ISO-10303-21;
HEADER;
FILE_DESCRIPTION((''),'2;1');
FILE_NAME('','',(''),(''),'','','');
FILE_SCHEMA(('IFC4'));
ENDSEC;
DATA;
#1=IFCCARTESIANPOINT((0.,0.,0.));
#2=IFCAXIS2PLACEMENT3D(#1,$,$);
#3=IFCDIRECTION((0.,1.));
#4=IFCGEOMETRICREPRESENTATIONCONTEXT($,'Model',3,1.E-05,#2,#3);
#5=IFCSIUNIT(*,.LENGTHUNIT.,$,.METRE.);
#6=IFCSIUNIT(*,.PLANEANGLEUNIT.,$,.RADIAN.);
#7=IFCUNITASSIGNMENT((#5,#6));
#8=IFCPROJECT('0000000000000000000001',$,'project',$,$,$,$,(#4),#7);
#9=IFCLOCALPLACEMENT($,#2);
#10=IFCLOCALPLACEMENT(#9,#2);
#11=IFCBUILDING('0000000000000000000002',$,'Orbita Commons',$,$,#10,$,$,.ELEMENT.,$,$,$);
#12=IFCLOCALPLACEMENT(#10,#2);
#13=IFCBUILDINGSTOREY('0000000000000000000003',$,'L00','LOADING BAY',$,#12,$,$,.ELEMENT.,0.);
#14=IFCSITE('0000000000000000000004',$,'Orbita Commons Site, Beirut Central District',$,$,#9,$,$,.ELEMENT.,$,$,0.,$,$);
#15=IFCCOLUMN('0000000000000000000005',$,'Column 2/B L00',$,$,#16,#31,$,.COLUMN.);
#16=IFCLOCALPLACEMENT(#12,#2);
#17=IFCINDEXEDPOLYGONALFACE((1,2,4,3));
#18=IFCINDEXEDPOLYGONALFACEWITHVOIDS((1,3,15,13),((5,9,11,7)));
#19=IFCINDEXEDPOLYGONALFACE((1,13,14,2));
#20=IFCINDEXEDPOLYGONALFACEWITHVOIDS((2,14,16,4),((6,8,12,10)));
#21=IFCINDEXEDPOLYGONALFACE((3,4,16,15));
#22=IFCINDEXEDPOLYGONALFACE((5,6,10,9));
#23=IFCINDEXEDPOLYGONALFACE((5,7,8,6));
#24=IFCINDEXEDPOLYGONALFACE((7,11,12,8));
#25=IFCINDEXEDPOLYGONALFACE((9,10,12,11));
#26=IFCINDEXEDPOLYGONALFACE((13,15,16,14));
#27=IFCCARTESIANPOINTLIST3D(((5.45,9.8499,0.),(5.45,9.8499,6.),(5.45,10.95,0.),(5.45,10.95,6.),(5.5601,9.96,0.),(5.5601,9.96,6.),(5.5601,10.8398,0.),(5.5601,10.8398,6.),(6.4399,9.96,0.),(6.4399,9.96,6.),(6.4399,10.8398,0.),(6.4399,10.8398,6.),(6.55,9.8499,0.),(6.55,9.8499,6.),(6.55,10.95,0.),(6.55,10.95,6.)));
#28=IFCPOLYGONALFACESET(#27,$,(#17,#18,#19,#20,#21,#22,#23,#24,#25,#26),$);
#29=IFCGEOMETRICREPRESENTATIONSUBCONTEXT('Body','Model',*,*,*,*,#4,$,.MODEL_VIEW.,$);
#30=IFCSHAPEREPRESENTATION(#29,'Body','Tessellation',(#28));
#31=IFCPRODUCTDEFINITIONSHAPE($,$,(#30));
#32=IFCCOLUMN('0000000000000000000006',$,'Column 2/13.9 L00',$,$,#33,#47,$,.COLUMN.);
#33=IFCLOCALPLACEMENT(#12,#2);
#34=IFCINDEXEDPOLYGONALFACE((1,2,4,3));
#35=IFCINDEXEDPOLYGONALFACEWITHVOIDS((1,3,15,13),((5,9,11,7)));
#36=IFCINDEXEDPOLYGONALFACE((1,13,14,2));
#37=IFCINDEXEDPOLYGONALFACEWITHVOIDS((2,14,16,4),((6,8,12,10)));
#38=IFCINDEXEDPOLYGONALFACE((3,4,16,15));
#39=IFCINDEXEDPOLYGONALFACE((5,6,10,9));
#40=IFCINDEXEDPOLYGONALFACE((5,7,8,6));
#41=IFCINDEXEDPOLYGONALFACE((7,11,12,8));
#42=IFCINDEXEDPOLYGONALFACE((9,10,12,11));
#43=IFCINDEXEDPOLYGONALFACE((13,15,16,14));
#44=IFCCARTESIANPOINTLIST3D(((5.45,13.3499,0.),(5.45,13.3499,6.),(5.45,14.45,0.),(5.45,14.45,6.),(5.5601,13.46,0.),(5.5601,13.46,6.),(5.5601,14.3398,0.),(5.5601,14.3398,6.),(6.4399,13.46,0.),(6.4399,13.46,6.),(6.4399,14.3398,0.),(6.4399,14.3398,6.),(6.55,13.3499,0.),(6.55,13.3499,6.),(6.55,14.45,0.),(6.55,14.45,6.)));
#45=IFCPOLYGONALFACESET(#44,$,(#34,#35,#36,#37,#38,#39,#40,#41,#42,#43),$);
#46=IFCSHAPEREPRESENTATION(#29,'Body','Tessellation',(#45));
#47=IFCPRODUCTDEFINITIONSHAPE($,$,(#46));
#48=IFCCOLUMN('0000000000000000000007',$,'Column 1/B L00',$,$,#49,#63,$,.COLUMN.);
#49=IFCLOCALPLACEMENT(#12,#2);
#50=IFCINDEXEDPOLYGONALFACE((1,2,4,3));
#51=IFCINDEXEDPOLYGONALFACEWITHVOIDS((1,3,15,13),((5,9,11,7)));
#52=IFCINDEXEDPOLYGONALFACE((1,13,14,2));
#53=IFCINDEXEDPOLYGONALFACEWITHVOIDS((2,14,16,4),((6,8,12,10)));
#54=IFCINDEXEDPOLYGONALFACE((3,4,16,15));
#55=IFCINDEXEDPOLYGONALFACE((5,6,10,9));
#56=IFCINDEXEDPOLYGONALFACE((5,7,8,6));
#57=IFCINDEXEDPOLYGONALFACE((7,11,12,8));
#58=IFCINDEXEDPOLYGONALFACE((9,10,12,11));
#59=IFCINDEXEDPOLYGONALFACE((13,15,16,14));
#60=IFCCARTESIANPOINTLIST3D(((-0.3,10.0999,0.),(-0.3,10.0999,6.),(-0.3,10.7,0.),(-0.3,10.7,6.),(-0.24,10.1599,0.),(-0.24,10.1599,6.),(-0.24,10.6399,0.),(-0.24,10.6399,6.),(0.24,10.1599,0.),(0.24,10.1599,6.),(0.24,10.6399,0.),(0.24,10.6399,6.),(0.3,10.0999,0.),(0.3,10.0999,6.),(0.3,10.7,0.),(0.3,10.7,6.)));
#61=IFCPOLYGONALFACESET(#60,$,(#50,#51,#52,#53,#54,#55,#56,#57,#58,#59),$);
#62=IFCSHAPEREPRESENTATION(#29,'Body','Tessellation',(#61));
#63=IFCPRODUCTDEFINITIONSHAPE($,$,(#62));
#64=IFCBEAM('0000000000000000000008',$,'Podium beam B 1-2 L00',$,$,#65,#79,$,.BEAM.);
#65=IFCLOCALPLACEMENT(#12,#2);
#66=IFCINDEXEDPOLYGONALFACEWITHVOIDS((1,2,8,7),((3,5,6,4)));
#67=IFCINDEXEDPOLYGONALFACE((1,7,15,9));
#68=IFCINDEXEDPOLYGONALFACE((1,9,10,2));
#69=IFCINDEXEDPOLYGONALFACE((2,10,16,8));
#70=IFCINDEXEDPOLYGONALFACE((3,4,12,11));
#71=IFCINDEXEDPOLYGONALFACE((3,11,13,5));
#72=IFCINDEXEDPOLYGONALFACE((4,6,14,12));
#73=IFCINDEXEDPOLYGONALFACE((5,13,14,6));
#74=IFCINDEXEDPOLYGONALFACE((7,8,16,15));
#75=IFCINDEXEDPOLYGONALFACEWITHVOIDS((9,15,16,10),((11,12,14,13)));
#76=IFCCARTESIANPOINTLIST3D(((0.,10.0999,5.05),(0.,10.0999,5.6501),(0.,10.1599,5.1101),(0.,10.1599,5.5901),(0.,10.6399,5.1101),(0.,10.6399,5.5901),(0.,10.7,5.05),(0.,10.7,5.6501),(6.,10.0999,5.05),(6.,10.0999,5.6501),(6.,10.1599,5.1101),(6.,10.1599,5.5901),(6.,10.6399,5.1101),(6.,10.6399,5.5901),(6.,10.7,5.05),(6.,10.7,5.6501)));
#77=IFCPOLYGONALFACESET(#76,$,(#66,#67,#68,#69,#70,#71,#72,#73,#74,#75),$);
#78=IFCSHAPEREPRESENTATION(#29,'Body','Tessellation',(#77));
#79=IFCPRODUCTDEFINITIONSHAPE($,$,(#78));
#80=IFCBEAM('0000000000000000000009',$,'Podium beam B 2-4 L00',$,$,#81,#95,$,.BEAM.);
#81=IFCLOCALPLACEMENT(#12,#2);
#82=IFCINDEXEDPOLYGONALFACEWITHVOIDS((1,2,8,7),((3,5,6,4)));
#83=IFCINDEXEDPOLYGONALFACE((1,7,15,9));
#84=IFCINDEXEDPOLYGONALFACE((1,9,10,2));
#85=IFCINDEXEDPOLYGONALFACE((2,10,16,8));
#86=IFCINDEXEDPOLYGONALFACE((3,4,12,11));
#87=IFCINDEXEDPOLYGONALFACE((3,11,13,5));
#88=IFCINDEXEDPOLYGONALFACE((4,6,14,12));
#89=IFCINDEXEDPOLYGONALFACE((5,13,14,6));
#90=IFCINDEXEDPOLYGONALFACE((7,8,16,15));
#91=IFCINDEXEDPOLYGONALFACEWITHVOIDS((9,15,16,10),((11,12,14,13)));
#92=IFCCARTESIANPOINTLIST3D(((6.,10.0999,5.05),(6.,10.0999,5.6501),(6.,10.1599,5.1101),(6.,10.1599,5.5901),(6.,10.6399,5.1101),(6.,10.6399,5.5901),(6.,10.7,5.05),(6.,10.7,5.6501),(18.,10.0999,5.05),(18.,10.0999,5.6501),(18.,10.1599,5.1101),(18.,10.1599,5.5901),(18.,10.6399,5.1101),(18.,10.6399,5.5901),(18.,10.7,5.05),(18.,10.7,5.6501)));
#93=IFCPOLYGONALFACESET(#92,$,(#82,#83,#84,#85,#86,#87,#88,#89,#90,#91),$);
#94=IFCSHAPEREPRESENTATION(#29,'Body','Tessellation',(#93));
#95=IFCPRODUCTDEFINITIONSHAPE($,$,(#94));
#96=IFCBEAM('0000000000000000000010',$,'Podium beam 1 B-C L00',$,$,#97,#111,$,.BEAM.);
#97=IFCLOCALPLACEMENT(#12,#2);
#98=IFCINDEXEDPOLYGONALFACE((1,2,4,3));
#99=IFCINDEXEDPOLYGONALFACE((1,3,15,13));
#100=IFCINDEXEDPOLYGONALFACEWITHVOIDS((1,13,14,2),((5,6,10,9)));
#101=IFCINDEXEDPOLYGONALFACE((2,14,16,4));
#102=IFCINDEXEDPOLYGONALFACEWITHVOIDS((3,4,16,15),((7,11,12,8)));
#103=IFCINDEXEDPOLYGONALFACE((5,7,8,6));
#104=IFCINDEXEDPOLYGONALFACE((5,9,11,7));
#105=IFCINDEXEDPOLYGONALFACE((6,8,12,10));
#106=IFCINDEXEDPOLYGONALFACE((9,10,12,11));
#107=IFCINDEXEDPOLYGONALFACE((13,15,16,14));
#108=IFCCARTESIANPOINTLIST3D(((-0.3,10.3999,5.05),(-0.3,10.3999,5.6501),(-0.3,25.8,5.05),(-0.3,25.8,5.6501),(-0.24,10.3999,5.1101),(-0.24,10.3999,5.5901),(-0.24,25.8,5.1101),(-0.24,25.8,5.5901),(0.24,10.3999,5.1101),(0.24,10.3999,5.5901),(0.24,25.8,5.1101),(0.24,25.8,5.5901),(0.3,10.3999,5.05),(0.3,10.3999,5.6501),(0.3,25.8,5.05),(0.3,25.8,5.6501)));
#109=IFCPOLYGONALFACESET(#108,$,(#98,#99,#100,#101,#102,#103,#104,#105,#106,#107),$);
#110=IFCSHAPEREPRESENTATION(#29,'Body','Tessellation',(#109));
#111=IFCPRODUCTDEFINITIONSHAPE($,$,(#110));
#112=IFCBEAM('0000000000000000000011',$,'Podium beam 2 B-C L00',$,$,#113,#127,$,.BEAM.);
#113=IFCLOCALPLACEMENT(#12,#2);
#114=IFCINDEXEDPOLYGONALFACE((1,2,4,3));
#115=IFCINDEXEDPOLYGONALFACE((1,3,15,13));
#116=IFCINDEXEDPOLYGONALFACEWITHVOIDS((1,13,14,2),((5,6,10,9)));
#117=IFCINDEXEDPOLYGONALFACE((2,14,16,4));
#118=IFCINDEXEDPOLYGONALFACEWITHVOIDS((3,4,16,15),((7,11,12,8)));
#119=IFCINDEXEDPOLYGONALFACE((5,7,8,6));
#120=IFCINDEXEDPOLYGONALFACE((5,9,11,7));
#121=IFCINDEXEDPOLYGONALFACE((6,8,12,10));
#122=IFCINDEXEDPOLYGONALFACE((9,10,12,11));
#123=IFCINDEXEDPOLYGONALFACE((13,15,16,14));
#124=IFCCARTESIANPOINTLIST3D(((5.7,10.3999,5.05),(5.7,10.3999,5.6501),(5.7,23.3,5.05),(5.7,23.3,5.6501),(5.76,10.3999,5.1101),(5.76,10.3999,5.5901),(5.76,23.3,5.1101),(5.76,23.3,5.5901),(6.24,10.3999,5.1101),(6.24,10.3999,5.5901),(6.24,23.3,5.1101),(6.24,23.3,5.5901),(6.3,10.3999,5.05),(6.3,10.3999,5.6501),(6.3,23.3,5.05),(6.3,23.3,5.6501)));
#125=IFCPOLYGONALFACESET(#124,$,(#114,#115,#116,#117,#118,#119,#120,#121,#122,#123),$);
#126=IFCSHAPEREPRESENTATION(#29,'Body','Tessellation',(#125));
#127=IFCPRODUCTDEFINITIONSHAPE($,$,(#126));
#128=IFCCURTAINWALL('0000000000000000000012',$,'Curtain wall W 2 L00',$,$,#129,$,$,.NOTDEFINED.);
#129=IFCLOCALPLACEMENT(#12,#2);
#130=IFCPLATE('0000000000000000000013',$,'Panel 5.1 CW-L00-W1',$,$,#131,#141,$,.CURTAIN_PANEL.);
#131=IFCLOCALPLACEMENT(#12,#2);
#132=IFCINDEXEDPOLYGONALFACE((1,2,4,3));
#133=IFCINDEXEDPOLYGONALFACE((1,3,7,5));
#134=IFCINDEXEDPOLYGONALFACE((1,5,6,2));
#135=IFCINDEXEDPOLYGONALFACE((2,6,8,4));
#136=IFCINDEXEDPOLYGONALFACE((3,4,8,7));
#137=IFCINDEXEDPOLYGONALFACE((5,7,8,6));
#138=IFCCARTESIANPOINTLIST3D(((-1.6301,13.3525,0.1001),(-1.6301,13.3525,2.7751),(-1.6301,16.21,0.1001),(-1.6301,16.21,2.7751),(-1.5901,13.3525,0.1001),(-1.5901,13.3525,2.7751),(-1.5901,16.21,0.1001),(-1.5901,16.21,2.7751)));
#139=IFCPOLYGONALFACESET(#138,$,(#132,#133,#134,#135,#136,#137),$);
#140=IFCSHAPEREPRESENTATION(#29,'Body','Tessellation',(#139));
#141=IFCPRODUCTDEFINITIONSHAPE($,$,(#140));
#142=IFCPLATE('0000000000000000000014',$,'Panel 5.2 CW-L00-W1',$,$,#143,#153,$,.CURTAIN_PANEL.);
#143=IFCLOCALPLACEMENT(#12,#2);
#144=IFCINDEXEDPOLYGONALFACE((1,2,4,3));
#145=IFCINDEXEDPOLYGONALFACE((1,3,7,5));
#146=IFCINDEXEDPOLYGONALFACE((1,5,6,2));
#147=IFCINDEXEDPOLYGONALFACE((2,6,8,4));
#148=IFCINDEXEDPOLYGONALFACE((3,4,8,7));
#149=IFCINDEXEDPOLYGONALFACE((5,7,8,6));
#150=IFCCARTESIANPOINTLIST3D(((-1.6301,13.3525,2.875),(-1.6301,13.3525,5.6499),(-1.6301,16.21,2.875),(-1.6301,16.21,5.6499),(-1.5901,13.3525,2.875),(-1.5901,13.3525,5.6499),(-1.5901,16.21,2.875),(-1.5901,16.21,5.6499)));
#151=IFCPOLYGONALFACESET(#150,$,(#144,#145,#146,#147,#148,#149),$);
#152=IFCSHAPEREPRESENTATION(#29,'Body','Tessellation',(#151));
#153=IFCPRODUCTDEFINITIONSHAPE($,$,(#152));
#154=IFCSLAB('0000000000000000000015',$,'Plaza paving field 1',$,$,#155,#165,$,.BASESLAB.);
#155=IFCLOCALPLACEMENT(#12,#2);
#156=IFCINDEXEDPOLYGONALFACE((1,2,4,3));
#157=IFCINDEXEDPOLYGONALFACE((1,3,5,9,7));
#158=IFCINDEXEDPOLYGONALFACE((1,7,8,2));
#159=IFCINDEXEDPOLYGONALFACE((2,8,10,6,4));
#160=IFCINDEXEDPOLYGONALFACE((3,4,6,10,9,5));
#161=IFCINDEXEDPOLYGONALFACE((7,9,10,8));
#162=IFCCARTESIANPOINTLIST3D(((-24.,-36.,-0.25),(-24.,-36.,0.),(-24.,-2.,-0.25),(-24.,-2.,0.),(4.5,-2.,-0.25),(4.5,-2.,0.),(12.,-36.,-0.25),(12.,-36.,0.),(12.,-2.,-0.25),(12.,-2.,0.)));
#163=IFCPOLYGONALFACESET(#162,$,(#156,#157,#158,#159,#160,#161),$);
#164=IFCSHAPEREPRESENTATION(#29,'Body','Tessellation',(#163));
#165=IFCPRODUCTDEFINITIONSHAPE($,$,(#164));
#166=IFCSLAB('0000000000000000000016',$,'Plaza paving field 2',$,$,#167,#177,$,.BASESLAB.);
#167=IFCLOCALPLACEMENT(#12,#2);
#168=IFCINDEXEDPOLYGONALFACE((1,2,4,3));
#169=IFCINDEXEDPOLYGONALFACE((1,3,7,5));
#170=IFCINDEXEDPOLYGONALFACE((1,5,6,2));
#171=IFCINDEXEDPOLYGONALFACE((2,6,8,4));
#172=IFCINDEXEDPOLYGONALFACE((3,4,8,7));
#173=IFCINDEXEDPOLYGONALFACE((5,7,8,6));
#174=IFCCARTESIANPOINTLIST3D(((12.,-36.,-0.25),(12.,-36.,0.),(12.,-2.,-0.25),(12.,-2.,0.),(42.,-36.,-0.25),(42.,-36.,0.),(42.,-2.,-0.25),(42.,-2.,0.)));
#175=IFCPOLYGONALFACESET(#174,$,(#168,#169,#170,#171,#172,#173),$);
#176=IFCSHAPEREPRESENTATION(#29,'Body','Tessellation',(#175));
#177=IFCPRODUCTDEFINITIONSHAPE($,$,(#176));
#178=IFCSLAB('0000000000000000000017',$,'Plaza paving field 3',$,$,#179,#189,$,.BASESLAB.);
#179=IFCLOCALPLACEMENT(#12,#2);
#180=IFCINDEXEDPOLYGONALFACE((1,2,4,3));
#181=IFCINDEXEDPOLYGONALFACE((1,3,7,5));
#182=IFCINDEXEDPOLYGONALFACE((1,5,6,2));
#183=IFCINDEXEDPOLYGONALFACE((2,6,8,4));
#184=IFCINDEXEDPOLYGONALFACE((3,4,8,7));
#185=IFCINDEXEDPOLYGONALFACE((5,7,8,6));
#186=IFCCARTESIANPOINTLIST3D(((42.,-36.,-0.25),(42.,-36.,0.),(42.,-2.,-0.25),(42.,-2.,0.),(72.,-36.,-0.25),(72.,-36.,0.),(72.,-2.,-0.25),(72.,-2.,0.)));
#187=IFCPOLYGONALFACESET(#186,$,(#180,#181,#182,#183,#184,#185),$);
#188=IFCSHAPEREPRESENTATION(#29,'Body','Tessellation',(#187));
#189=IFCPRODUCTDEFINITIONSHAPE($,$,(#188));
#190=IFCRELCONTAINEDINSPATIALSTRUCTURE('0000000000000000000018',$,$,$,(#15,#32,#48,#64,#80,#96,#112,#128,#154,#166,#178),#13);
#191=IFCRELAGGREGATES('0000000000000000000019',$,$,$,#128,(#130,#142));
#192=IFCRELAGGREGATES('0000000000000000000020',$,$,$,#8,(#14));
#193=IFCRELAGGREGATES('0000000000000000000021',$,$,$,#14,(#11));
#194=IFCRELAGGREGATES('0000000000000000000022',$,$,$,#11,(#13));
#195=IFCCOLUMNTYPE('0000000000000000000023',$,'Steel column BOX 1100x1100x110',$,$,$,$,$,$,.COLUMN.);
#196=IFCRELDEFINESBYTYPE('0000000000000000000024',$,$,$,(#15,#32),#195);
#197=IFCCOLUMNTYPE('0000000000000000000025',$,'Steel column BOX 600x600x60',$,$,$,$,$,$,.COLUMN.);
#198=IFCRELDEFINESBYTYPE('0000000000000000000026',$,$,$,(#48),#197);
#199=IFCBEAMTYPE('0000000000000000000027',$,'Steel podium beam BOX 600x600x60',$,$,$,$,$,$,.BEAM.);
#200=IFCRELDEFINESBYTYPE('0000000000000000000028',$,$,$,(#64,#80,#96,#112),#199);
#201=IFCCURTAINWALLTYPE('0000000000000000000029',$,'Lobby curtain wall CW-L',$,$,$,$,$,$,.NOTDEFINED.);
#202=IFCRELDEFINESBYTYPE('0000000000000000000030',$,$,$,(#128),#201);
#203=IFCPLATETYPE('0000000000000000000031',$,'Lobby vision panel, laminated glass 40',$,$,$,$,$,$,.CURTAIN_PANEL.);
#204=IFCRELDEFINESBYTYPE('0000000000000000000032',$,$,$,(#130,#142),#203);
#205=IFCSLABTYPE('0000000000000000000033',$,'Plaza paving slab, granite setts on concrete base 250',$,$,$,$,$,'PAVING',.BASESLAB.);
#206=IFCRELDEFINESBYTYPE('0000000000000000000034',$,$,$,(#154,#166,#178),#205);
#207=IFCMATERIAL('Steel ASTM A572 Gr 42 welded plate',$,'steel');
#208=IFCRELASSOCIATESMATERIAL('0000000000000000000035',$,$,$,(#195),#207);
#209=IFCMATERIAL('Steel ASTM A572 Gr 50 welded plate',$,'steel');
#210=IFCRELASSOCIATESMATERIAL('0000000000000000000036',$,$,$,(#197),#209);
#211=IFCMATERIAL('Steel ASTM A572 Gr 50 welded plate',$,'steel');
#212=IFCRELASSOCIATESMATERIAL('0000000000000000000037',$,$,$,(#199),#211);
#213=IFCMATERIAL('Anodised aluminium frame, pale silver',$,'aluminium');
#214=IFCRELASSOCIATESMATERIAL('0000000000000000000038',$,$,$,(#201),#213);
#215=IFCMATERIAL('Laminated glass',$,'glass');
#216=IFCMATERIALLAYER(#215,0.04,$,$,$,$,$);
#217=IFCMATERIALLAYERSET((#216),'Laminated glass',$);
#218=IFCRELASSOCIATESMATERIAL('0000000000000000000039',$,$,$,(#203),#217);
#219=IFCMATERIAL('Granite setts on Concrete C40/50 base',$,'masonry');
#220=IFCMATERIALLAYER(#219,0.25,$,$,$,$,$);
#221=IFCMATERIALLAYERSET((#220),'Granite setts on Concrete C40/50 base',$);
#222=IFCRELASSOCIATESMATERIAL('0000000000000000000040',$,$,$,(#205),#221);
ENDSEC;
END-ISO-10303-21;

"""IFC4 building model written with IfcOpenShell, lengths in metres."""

from ifc_helpers import new_model, si_unit, direction, frame, origin, origin_2d, place, context, subcontext, project, spatial, polyline, rectangle, hollow_rectangle, outline, extrude, material, layer, layer_set, material_profile, profile_set, type_object, element, aggregate, save


model = new_model("IFC4")

# Units and contexts
model_context = context("Model", 3, precision=1e-05, world=origin(), true_north=direction((0.0, 1.0)))
body_context = subcontext(model_context, "Body", "Model", "MODEL_VIEW")
ifc_project = project(units=[si_unit("LENGTHUNIT", "METRE"), si_unit("PLANEANGLEUNIT", "RADIAN")], contexts=[model_context])

# Site, building, storey
site_placement = place(None, origin())
site = spatial("IfcSite", under=ifc_project, at=site_placement, Name="Orbita Commons Site, Beirut Central District", CompositionType="ELEMENT", RefElevation=0.0)
building_placement = place(site_placement, origin())
building = spatial("IfcBuilding", under=site, at=building_placement, Name="Orbita Commons", CompositionType="ELEMENT")
storey_placement = place(building_placement, origin())
storey = spatial("IfcBuildingStorey", under=building, at=storey_placement, Name="L00", Description="LOADING BAY", CompositionType="ELEMENT", Elevation=0.0)

# Columns
ifc_material_1 = material(Name="Steel ASTM A572 Gr 42 welded plate", Category="steel")
ifc_material_profile_1 = material_profile(ifc_material_1, hollow_rectangle(XDim=1.1001, YDim=1.1001, WallThickness=0.1101, at=origin_2d()), Name="BOX 1100x1100x110")
ifc_profile_set_1 = profile_set([ifc_material_profile_1], Name="Steel ASTM A572 Gr 42 welded plate")
column_type_1 = type_object("IfcColumnType", Name="Steel column BOX 1100x1100x110", PredefinedType="COLUMN", material=ifc_profile_set_1)
for number, where, z_axis, x_axis, name in (
    (1, (6.0, 10.3999, 0.0), (0.0, 0.0, 1.0), (1.0, 0.0, 0.0), "Column 2/B L00"),
    (2, (6.0, 13.8999, 0.0), (0.0, 0.0, 1.0), (1.0, 0.0, 0.0), "Column 2/13.9 L00"),
):
    element("IfcColumn", number, at=place(storey_placement, frame(where, z_axis=z_axis, x_axis=x_axis)), inside=storey, type_object=column_type_1, Name=name, PredefinedType="COLUMN", context=body_context, shape_type="SweptSolid", body=[
        extrude(hollow_rectangle(XDim=1.1001, YDim=1.1001, WallThickness=0.1101, at=origin_2d()), origin(), (0.0, 0.0, 1.0), 6.0),
    ])
ifc_material_2 = material(Name="Steel ASTM A572 Gr 50 welded plate", Category="steel")
ifc_material_profile_2 = material_profile(ifc_material_2, hollow_rectangle(XDim=0.6001, YDim=0.6001, WallThickness=0.0601, at=origin_2d()), Name="BOX 600x600x60")
ifc_profile_set_2 = profile_set([ifc_material_profile_2], Name="Steel ASTM A572 Gr 50 welded plate")
column_type_2 = type_object("IfcColumnType", Name="Steel column BOX 600x600x60", PredefinedType="COLUMN", material=ifc_profile_set_2)
column_placement = place(storey_placement, frame((0.0, 10.3999, 0.0), z_axis=(0.0, 0.0, 1.0), x_axis=(1.0, 0.0, 0.0)))
element("IfcColumn", 3, at=column_placement, inside=storey, type_object=column_type_2, Name="Column 1/B L00", PredefinedType="COLUMN", context=body_context, shape_type="SweptSolid", body=[
    extrude(hollow_rectangle(XDim=0.6001, YDim=0.6001, WallThickness=0.0601, at=origin_2d()), origin(), (0.0, 0.0, 1.0), 6.0),
])

# Beams
ifc_material_3 = material(Name="Steel ASTM A572 Gr 50 welded plate", Category="steel")
ifc_material_profile_3 = material_profile(ifc_material_3, hollow_rectangle(XDim=0.6001, YDim=0.6001, WallThickness=0.0601, at=origin_2d()), Name="BOX 600x600x60")
ifc_profile_set_3 = profile_set([ifc_material_profile_3], Name="Steel ASTM A572 Gr 50 welded plate")
beam_type = type_object("IfcBeamType", Name="Steel podium beam BOX 600x600x60", PredefinedType="BEAM", material=ifc_profile_set_3)
beam_1_placement = place(storey_placement, frame((0.0, 10.3999, 5.3501), z_axis=(1.0, 0.0, 0.0), x_axis=(0.0, 1.0, 0.0)))
element("IfcBeam", 4, at=beam_1_placement, inside=storey, type_object=beam_type, Name="Podium beam B 1-2 L00", PredefinedType="BEAM", context=body_context, shape_type="SweptSolid", body=[
    extrude(hollow_rectangle(XDim=0.6001, YDim=0.6001, WallThickness=0.0601, at=origin_2d()), origin(), (0.0, 0.0, 1.0), 6.0),
])
beam_2_placement = place(storey_placement, frame((6.0, 10.3999, 5.3501), z_axis=(1.0, 0.0, 0.0), x_axis=(0.0, 1.0, 0.0)))
element("IfcBeam", 5, at=beam_2_placement, inside=storey, type_object=beam_type, Name="Podium beam B 2-4 L00", PredefinedType="BEAM", context=body_context, shape_type="SweptSolid", body=[
    extrude(hollow_rectangle(XDim=0.6001, YDim=0.6001, WallThickness=0.0601, at=origin_2d()), origin(), (0.0, 0.0, 1.0), 12.0),
])
beam_3_placement = place(storey_placement, frame((0.0, 10.3999, 5.3501), z_axis=(0.0, 1.0, 0.0), x_axis=(-1.0, 0.0, 0.0)))
element("IfcBeam", 6, at=beam_3_placement, inside=storey, type_object=beam_type, Name="Podium beam 1 B-C L00", PredefinedType="BEAM", context=body_context, shape_type="SweptSolid", body=[
    extrude(hollow_rectangle(XDim=0.6001, YDim=0.6001, WallThickness=0.0601, at=origin_2d()), origin(), (0.0, 0.0, 1.0), 15.4001),
])
beam_4_placement = place(storey_placement, frame((6.0, 10.3999, 5.3501), z_axis=(0.0, 1.0, 0.0), x_axis=(-1.0, 0.0, 0.0)))
element("IfcBeam", 7, at=beam_4_placement, inside=storey, type_object=beam_type, Name="Podium beam 2 B-C L00", PredefinedType="BEAM", context=body_context, shape_type="SweptSolid", body=[
    extrude(hollow_rectangle(XDim=0.6001, YDim=0.6001, WallThickness=0.0601, at=origin_2d()), origin(), (0.0, 0.0, 1.0), 12.9001),
])

# Curtain wall, plates
ifc_material_4 = material(Name="Anodised aluminium frame, pale silver", Category="aluminium")
curtain_wall_type = type_object("IfcCurtainWallType", Name="Lobby curtain wall CW-L", PredefinedType="NOTDEFINED", material=ifc_material_4)
curtain_wall_placement = place(storey_placement, origin())
curtain_wall = element("IfcCurtainWall", 8, at=curtain_wall_placement, inside=storey, type_object=curtain_wall_type, Name="Curtain wall W 2 L00", PredefinedType="NOTDEFINED")
ifc_material_5 = material(Name="Laminated glass", Category="glass")
ifc_layer_1 = layer(ifc_material_5, 0.04)
ifc_layer_set_1 = layer_set([ifc_layer_1], Name="Laminated glass")
plate_type = type_object("IfcPlateType", Name="Lobby vision panel, laminated glass 40", PredefinedType="CURTAIN_PANEL", material=ifc_layer_set_1)
plate_1_placement = place(storey_placement, frame((-1.6101, 14.7812, 0.1001), z_axis=(0.0, 0.0, 1.0), x_axis=(0.0, -1.0, 0.0)))
plate_1 = element("IfcPlate", 9, at=plate_1_placement, type_object=plate_type, Name="Panel 5.1 CW-L00-W1", PredefinedType="CURTAIN_PANEL", context=body_context, shape_type="SweptSolid", body=[
    extrude(rectangle(XDim=2.8574, YDim=0.04, at=origin_2d()), origin(), (0.0, 0.0, 1.0), 2.675),
])
plate_2_placement = place(storey_placement, frame((-1.6101, 14.7812, 2.875), z_axis=(0.0, 0.0, 1.0), x_axis=(0.0, -1.0, 0.0)))
plate_2 = element("IfcPlate", 10, at=plate_2_placement, type_object=plate_type, Name="Panel 5.2 CW-L00-W1", PredefinedType="CURTAIN_PANEL", context=body_context, shape_type="SweptSolid", body=[
    extrude(rectangle(XDim=2.8574, YDim=0.04, at=origin_2d()), origin(), (0.0, 0.0, 1.0), 2.7749),
])
aggregate(curtain_wall, [plate_1, plate_2])

# Slabs
ifc_material_6 = material(Name="Granite setts on Concrete C40/50 base", Category="masonry")
ifc_layer_2 = layer(ifc_material_6, 0.25)
ifc_layer_set_2 = layer_set([ifc_layer_2], Name="Granite setts on Concrete C40/50 base")
slab_type_1 = type_object("IfcSlabType", Name="Plaza paving slab, granite setts on concrete base 250", ElementType="PAVING", PredefinedType="BASESLAB", material=ifc_layer_set_2)
slab_1_placement = place(storey_placement, frame((0.0, 0.0, -0.25)))
element("IfcSlab", 11, at=slab_1_placement, inside=storey, type_object=slab_type_1, Name="Plaza paving field 1", PredefinedType="BASESLAB", context=body_context, shape_type="SweptSolid", body=[
    extrude(outline(polyline([(12.0, -36.0), (-24.0, -36.0), (-24.0, -2.0), (4.5, -2.0), (12.0, -2.0), (12.0, -36.0)])), origin(), (0.0, 0.0, 1.0), 0.25),
])
slab_2_placement = place(storey_placement, frame((0.0, 0.0, -0.25)))
element("IfcSlab", 12, at=slab_2_placement, inside=storey, type_object=slab_type_1, Name="Plaza paving field 2", PredefinedType="BASESLAB", context=body_context, shape_type="SweptSolid", body=[
    extrude(outline(polyline([(42.0, -36.0), (12.0, -36.0), (12.0, -2.0), (42.0, -2.0), (42.0, -36.0)])), origin(), (0.0, 0.0, 1.0), 0.25),
])
slab_3_placement = place(storey_placement, frame((0.0, 0.0, -0.25)))
element("IfcSlab", 13, at=slab_3_placement, inside=storey, type_object=slab_type_1, Name="Plaza paving field 3", PredefinedType="BASESLAB", context=body_context, shape_type="SweptSolid", body=[
    extrude(outline(polyline([(72.0, -36.0), (42.0, -36.0), (42.0, -2.0), (72.0, -2.0), (72.0, -36.0)])), origin(), (0.0, 0.0, 1.0), 0.25),
])

save(model, "model.ifc")
